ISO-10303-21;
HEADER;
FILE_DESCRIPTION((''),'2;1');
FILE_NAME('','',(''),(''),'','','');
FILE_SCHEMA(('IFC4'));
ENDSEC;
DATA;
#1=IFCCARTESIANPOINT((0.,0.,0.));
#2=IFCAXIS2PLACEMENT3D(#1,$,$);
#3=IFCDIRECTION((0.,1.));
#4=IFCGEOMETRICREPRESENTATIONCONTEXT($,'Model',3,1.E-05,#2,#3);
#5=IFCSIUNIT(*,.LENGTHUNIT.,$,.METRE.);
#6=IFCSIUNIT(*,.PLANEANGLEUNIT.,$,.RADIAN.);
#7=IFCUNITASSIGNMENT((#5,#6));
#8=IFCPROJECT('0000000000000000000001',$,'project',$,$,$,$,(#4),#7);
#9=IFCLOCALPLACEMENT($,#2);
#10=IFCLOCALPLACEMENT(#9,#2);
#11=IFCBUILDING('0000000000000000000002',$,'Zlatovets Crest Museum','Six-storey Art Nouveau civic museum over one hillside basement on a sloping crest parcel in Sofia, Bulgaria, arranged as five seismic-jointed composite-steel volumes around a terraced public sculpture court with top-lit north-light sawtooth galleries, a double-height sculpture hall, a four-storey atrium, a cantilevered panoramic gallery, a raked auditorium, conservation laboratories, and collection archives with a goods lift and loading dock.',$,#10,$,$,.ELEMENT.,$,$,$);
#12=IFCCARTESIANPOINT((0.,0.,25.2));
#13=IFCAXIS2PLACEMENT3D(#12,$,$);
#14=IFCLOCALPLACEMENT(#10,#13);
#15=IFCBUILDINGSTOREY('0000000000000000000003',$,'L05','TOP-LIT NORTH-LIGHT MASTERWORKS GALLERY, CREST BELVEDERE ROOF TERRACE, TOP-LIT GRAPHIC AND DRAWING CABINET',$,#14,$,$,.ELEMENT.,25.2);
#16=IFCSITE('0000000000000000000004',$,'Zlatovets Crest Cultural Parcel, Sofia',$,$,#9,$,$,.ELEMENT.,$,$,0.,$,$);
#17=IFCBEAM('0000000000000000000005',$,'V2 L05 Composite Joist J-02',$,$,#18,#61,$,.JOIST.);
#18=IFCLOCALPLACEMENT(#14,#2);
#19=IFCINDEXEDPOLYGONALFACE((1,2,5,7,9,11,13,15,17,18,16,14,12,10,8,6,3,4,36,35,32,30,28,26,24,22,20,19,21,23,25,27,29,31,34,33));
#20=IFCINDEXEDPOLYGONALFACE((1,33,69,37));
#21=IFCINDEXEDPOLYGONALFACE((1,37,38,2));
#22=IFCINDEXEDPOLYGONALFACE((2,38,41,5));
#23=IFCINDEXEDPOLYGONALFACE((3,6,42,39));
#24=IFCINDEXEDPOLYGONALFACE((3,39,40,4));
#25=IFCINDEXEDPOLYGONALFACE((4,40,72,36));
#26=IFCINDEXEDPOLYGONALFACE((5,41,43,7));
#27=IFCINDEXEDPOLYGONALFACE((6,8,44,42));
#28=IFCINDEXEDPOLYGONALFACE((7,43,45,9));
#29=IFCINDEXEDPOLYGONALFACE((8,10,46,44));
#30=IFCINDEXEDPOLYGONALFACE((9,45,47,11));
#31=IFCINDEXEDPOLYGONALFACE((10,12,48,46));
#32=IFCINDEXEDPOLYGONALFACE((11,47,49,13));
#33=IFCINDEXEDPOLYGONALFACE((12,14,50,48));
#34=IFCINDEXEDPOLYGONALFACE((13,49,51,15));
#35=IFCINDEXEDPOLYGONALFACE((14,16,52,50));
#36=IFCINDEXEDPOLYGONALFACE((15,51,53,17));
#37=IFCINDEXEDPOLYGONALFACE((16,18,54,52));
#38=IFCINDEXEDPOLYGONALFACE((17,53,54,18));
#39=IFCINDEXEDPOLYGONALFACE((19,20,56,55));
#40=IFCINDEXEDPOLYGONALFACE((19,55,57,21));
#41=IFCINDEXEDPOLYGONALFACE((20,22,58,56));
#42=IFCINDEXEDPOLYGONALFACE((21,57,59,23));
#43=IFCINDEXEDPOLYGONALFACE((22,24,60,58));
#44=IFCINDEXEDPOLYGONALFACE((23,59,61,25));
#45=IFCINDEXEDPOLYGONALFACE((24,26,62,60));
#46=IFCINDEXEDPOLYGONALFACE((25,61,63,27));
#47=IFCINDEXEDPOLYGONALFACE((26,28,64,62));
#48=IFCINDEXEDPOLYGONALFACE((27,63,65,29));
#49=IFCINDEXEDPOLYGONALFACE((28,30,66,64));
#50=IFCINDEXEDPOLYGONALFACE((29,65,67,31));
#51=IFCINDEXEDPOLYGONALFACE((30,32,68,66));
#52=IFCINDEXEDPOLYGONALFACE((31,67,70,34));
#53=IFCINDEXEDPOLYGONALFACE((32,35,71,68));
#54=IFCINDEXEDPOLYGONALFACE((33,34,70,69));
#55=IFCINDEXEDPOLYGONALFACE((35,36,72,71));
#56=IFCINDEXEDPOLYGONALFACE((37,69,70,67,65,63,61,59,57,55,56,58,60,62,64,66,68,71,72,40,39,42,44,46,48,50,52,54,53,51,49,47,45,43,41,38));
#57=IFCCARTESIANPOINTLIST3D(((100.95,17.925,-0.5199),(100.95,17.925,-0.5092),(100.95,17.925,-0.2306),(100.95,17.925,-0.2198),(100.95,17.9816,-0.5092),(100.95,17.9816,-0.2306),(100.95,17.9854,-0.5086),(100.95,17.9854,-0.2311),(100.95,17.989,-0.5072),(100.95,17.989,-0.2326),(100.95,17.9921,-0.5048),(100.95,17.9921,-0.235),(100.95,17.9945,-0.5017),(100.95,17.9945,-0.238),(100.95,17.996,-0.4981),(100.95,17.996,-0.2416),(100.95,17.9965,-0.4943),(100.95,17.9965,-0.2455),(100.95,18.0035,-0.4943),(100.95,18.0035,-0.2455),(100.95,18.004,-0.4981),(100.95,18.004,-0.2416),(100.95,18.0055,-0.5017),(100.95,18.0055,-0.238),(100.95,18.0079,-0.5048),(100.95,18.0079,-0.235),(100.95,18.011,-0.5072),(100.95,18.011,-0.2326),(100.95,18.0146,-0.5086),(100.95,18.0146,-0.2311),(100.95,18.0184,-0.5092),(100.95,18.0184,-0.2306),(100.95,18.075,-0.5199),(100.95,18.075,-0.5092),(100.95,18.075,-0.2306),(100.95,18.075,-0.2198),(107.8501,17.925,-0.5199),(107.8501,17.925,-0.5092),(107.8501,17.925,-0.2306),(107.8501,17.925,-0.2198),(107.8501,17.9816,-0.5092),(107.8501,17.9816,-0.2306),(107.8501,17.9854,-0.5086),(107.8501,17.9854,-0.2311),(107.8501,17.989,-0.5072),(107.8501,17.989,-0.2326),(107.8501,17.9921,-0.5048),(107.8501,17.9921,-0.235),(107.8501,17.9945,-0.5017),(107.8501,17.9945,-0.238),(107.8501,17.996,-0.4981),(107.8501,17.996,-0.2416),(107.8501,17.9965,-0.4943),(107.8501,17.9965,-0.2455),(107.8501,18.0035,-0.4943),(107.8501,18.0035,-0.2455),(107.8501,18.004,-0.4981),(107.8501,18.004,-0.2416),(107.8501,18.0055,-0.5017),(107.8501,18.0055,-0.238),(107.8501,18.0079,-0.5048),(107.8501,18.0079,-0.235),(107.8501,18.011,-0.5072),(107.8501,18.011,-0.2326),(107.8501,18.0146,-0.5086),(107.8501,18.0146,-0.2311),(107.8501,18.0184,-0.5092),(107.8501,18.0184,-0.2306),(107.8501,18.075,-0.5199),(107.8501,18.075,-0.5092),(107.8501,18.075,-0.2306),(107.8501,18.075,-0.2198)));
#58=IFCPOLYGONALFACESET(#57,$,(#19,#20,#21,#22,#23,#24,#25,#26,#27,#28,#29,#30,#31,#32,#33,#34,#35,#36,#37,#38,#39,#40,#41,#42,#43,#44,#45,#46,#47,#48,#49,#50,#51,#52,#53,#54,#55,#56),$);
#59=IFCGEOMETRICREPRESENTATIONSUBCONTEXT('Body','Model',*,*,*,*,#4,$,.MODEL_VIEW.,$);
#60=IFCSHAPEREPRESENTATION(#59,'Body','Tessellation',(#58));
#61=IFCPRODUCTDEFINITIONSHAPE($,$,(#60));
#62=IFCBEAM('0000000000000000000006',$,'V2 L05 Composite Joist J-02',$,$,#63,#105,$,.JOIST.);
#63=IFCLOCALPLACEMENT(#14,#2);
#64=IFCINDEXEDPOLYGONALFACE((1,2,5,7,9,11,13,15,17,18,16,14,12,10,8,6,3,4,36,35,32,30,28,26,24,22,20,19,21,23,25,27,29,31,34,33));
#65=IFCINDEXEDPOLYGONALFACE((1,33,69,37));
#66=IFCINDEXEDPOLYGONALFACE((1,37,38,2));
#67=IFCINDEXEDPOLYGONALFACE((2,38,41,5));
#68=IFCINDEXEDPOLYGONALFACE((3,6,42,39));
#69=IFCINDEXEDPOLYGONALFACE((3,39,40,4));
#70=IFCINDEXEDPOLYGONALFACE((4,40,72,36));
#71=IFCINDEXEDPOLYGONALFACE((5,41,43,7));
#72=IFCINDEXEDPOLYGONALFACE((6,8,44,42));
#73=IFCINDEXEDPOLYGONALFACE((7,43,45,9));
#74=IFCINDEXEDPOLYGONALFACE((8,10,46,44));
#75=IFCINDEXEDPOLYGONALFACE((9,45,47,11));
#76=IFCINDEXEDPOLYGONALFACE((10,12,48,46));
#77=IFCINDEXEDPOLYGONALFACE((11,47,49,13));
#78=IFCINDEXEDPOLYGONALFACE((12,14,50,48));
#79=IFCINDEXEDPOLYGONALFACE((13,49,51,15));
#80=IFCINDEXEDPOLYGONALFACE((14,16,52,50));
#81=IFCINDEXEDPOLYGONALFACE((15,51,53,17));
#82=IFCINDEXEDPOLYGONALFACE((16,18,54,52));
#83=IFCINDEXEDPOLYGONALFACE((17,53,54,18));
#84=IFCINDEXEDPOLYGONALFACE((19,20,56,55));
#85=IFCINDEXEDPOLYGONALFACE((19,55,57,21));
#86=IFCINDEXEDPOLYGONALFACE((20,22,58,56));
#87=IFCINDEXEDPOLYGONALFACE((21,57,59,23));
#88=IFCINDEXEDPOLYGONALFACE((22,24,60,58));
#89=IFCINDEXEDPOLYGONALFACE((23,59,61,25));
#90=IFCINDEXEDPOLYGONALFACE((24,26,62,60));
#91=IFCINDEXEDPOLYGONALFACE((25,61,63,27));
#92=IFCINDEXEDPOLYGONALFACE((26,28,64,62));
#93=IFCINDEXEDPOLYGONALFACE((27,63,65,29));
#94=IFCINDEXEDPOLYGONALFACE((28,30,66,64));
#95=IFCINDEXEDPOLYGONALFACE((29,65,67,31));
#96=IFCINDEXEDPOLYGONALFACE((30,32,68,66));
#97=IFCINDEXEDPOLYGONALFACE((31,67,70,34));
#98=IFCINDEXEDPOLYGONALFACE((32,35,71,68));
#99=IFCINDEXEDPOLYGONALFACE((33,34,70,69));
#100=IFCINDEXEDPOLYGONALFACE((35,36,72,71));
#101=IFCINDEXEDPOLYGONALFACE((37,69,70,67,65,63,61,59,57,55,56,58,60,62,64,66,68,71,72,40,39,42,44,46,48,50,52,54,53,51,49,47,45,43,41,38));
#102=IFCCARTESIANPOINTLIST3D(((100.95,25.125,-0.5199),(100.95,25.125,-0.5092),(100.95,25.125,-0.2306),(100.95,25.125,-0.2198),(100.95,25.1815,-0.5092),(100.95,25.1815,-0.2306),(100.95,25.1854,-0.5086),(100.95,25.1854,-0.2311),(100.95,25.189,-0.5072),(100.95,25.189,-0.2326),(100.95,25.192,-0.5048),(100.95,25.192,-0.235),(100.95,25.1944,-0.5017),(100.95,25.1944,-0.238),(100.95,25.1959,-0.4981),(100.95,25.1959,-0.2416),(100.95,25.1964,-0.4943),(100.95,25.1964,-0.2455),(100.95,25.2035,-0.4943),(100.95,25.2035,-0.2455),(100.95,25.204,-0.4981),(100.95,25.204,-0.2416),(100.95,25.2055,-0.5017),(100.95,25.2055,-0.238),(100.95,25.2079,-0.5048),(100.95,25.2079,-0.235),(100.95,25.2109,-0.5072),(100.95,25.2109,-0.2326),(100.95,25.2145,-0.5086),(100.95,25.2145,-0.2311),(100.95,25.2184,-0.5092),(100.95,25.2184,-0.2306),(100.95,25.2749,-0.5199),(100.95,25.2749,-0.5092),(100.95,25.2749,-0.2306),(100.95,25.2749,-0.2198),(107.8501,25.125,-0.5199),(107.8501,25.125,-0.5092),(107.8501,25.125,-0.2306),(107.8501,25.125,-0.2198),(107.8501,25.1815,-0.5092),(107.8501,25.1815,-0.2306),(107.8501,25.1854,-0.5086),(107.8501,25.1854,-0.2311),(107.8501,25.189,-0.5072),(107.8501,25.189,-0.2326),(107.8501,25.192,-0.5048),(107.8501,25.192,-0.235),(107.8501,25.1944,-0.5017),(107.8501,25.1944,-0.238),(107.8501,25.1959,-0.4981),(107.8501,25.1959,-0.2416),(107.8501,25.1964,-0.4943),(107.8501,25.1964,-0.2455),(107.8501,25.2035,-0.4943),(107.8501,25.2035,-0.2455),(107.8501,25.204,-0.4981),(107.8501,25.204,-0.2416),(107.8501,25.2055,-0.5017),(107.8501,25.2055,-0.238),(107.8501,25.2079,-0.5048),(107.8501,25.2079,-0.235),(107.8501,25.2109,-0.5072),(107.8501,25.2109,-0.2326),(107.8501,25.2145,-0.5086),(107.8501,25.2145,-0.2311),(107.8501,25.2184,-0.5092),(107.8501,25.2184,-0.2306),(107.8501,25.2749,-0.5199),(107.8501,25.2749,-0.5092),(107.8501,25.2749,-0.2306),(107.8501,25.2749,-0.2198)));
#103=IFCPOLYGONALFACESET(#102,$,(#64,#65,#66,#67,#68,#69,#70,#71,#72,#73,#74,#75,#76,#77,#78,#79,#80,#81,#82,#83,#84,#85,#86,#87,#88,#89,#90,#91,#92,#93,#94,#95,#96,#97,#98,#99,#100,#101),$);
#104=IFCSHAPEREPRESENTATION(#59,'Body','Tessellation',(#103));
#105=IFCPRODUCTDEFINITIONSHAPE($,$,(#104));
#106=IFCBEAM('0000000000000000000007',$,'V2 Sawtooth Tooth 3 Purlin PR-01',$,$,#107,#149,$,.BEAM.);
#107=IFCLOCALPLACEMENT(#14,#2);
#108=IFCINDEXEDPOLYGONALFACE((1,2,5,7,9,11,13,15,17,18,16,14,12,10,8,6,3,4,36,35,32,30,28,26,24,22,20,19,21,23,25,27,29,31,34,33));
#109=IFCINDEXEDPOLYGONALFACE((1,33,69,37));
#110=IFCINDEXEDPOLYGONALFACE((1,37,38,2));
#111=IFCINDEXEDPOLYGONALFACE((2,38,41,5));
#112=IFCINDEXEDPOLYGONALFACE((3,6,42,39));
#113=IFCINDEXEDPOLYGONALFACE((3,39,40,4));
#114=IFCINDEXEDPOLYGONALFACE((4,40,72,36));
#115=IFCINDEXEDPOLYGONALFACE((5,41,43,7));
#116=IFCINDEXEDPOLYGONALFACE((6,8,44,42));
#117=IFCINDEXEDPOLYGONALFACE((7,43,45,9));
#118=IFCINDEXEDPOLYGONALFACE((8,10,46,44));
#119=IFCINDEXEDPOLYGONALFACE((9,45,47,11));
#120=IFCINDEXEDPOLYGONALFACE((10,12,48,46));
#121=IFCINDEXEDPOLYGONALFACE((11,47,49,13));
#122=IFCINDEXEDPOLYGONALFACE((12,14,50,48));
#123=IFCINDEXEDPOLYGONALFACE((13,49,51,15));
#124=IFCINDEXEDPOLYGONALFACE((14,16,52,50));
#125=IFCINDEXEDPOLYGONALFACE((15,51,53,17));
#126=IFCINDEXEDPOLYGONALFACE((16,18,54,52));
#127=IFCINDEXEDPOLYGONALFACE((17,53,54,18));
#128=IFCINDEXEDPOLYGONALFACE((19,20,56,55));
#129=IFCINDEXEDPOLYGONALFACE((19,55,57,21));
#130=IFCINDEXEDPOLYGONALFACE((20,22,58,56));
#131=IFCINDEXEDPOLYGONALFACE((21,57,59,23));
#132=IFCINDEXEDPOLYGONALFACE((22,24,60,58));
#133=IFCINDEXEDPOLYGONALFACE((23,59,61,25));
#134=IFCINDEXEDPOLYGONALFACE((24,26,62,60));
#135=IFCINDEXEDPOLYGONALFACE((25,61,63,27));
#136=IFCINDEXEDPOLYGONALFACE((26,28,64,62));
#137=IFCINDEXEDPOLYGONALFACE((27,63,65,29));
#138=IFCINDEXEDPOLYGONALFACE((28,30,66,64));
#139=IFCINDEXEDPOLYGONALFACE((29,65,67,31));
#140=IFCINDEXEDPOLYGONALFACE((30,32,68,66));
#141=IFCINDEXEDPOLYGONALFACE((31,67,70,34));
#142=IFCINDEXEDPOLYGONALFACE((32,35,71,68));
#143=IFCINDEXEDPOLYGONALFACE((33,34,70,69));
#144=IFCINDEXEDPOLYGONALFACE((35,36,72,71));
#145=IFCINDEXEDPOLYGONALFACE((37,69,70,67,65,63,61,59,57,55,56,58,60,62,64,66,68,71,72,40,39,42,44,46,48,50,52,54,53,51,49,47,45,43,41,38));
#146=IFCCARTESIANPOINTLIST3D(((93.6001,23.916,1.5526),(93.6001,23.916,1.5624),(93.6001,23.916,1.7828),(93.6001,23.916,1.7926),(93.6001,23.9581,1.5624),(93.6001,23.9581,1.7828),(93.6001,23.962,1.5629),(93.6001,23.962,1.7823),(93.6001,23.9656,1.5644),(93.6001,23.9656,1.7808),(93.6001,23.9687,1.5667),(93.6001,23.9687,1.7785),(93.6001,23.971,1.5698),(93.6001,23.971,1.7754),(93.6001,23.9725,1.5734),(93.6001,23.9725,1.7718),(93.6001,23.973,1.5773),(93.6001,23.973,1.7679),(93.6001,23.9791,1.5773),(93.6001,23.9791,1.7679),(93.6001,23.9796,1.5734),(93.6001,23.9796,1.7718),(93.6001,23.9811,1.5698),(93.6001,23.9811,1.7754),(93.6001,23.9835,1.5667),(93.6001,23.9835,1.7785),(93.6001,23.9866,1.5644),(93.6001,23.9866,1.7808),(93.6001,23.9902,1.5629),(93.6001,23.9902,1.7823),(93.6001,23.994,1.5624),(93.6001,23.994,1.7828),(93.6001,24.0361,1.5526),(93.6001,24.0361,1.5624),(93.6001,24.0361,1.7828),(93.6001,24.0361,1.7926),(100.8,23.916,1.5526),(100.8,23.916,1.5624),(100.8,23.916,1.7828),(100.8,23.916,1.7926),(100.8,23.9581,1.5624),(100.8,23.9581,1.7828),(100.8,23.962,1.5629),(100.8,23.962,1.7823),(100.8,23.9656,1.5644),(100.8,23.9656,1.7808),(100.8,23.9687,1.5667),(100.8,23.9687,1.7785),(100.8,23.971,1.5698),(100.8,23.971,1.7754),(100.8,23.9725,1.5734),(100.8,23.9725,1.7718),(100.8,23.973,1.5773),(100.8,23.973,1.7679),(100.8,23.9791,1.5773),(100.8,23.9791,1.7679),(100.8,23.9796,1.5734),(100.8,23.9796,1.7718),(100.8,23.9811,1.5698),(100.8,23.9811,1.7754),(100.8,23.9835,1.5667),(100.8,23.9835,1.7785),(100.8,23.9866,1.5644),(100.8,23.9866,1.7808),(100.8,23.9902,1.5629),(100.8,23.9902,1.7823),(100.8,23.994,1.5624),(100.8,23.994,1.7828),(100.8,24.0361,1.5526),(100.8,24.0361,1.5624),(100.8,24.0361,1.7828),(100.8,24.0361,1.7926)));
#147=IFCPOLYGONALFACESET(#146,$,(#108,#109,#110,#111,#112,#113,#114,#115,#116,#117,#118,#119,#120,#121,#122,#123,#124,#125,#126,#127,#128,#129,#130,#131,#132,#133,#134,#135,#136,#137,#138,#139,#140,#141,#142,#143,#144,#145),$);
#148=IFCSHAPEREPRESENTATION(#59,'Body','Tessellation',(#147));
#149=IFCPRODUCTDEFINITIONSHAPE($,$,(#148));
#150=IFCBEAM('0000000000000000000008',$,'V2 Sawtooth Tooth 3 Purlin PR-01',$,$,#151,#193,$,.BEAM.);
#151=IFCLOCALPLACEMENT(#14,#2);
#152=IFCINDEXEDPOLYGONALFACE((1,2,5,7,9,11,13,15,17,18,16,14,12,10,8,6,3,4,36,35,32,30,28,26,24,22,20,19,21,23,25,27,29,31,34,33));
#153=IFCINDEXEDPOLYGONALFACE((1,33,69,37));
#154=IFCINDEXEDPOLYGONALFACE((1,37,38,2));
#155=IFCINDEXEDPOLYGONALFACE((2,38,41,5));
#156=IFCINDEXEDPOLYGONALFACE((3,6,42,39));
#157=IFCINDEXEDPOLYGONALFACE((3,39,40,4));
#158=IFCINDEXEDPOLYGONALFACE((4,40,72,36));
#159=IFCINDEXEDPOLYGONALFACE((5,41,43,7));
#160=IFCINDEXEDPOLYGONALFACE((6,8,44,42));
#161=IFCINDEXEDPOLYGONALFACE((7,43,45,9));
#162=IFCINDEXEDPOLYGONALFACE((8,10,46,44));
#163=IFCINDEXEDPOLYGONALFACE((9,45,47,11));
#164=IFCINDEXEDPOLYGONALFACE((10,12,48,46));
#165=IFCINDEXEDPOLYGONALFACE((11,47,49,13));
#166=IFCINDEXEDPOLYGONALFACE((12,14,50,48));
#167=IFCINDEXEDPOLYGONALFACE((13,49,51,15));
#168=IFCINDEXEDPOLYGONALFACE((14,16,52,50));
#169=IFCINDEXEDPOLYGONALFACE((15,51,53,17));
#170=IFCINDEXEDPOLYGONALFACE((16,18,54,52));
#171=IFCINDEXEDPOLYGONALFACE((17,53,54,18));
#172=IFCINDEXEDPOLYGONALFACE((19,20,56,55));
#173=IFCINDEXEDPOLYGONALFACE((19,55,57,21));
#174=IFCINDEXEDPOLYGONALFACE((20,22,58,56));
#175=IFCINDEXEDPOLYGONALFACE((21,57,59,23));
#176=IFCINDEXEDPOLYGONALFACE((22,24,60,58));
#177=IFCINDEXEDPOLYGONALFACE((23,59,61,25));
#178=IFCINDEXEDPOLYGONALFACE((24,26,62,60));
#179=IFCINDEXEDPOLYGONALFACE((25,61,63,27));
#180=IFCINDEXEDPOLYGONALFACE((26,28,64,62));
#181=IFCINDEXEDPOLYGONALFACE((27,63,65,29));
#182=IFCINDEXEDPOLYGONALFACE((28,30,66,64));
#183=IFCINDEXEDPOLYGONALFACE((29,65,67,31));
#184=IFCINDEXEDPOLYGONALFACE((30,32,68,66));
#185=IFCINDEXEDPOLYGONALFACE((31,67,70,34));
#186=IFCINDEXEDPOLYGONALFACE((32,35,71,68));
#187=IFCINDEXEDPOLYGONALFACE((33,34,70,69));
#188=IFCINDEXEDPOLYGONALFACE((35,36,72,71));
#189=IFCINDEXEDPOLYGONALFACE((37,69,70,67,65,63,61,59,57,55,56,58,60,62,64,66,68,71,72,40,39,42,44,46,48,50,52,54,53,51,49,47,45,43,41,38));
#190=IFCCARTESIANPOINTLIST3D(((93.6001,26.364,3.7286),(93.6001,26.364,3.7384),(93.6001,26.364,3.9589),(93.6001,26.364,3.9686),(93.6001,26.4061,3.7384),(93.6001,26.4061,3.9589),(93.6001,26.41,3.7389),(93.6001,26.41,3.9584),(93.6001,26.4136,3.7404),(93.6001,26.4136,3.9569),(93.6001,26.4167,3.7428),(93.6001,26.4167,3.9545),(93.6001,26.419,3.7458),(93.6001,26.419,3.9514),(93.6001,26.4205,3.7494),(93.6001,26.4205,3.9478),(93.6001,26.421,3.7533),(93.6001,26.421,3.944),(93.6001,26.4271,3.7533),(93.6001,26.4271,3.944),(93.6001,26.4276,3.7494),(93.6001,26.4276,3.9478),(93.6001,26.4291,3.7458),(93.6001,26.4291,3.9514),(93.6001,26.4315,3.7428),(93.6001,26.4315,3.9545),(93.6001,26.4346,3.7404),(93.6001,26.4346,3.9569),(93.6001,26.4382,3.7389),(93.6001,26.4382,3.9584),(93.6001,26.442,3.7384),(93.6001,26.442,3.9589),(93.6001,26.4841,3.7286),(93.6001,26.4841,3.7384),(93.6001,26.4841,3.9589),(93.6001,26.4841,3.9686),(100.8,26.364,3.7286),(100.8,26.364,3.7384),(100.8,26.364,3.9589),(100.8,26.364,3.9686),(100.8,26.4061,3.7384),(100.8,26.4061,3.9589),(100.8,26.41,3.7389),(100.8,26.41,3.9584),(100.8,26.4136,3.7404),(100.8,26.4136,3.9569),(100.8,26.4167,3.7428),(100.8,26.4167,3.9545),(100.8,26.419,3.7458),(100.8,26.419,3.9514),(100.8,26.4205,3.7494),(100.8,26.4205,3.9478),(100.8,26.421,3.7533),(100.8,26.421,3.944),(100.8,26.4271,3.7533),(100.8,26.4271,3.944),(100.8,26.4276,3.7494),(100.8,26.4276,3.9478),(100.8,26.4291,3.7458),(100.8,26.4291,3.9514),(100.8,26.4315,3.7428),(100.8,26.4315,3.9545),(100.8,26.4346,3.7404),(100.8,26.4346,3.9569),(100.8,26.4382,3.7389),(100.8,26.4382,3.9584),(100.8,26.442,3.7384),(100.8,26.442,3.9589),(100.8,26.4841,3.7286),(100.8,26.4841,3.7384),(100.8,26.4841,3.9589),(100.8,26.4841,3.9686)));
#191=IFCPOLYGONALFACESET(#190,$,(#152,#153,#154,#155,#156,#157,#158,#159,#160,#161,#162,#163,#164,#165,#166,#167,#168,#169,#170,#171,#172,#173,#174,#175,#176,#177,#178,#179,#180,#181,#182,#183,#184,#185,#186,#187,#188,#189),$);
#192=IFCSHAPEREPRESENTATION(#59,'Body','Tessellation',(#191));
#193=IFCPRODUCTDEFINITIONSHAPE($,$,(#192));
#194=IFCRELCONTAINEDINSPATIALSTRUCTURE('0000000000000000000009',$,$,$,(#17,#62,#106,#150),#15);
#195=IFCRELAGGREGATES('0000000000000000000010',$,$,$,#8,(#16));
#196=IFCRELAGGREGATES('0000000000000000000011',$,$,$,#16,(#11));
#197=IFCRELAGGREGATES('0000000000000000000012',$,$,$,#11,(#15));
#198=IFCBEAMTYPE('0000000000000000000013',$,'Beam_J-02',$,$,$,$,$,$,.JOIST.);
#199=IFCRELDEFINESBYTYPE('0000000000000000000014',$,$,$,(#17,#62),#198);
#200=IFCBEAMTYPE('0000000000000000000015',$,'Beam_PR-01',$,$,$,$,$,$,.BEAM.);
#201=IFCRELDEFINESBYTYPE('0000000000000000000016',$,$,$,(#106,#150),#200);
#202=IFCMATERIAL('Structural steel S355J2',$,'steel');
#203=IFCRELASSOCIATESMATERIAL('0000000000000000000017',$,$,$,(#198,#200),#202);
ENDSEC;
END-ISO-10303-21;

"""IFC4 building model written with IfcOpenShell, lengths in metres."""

from ifc_helpers import new_model, si_unit, direction, frame, origin, origin_2d, place, context, subcontext, project, spatial, i_section, extrude, material, material_profile, profile_set, type_object, element, save


model = new_model("IFC4")

# Units and contexts
model_context = context("Model", 3, precision=1e-05, world=origin(), true_north=direction((0.0, 1.0)))
body_context = subcontext(model_context, "Body", "Model", "MODEL_VIEW")
ifc_project = project(units=[si_unit("LENGTHUNIT", "METRE"), si_unit("PLANEANGLEUNIT", "RADIAN")], contexts=[model_context])

# Site, building, storey
site_placement = place(None, origin())
site = spatial("IfcSite", under=ifc_project, at=site_placement, Name="Zlatovets Crest Cultural Parcel, Sofia", CompositionType="ELEMENT", RefElevation=0.0)
building_placement = place(site_placement, origin())
building = spatial("IfcBuilding", under=site, at=building_placement, Name="Zlatovets Crest Museum", Description="Six-storey Art Nouveau civic museum over one hillside basement on a sloping crest parcel in Sofia, Bulgaria, arranged as five seismic-jointed composite-steel volumes around a terraced public sculpture court with top-lit north-light sawtooth galleries, a double-height sculpture hall, a four-storey atrium, a cantilevered panoramic gallery, a raked auditorium, conservation laboratories, and collection archives with a goods lift and loading dock.", CompositionType="ELEMENT")
storey_placement = place(building_placement, frame((0.0, 0.0, 25.2)))
storey = spatial("IfcBuildingStorey", under=building, at=storey_placement, Name="L05", Description="TOP-LIT NORTH-LIGHT MASTERWORKS GALLERY, CREST BELVEDERE ROOF TERRACE, TOP-LIT GRAPHIC AND DRAWING CABINET", CompositionType="ELEMENT", Elevation=25.2)

# Beams
ifc_material_1 = material(Name="Structural steel S355J2", Category="steel")
ifc_material_profile_1 = material_profile(ifc_material_1, i_section(OverallWidth=0.1499, OverallDepth=0.3, WebThickness=0.0071, FlangeThickness=0.0107, FilletRadius=0.0149, at=origin_2d()), Name="IPE 300")
ifc_profile_set_1 = profile_set([ifc_material_profile_1], Name="Structural steel S355J2")
beam_type_1 = type_object("IfcBeamType", Name="Beam_J-02", PredefinedType="JOIST", material=ifc_profile_set_1)
for number, where, z_axis, x_axis, name in (
    (1, (100.95, 18.0, -0.3699), (1.0, 0.0, 0.0), (0.0, 1.0, 0.0), "V2 L05 Composite Joist J-02"),
    (2, (100.95, 25.2, -0.3699), (1.0, 0.0, 0.0), (0.0, 1.0, 0.0), "V2 L05 Composite Joist J-02"),
):
    element("IfcBeam", number, at=place(storey_placement, frame(where, z_axis=z_axis, x_axis=x_axis)), inside=storey, type_object=beam_type_1, Name=name, PredefinedType="JOIST", context=body_context, shape_type="SweptSolid", body=[
        extrude(i_section(OverallWidth=0.1499, OverallDepth=0.3, WebThickness=0.0071, FlangeThickness=0.0107, FilletRadius=0.0149, at=origin_2d()), origin(), (0.0, 0.0, 1.0), 6.9001),
    ])
ifc_material_profile_2 = material_profile(ifc_material_1, i_section(OverallWidth=0.1201, OverallDepth=0.24, WebThickness=0.0061, FlangeThickness=0.0098, FilletRadius=0.0149, at=origin_2d()), Name="IPE 240")
ifc_profile_set_2 = profile_set([ifc_material_profile_2], Name="Structural steel S355J2")
beam_type_2 = type_object("IfcBeamType", Name="Beam_PR-01", PredefinedType="BEAM", material=ifc_profile_set_2)
for number, where, z_axis, x_axis, name in (
    (3, (93.6001, 23.9761, 1.6726), (1.0, 0.0, 0.0), (0.0, 1.0, 0.0), "V2 Sawtooth Tooth 3 Purlin PR-01"),
    (4, (93.6001, 26.4241, 3.8486), (1.0, 0.0, 0.0), (0.0, 1.0, 0.0), "V2 Sawtooth Tooth 3 Purlin PR-01"),
):
    element("IfcBeam", number, at=place(storey_placement, frame(where, z_axis=z_axis, x_axis=x_axis)), inside=storey, type_object=beam_type_2, Name=name, PredefinedType="BEAM", context=body_context, shape_type="SweptSolid", body=[
        extrude(i_section(OverallWidth=0.1201, OverallDepth=0.24, WebThickness=0.0061, FlangeThickness=0.0098, FilletRadius=0.0149, at=origin_2d()), origin(), (0.0, 0.0, 1.0), 7.2),
    ])

save(model, "model.ifc")
